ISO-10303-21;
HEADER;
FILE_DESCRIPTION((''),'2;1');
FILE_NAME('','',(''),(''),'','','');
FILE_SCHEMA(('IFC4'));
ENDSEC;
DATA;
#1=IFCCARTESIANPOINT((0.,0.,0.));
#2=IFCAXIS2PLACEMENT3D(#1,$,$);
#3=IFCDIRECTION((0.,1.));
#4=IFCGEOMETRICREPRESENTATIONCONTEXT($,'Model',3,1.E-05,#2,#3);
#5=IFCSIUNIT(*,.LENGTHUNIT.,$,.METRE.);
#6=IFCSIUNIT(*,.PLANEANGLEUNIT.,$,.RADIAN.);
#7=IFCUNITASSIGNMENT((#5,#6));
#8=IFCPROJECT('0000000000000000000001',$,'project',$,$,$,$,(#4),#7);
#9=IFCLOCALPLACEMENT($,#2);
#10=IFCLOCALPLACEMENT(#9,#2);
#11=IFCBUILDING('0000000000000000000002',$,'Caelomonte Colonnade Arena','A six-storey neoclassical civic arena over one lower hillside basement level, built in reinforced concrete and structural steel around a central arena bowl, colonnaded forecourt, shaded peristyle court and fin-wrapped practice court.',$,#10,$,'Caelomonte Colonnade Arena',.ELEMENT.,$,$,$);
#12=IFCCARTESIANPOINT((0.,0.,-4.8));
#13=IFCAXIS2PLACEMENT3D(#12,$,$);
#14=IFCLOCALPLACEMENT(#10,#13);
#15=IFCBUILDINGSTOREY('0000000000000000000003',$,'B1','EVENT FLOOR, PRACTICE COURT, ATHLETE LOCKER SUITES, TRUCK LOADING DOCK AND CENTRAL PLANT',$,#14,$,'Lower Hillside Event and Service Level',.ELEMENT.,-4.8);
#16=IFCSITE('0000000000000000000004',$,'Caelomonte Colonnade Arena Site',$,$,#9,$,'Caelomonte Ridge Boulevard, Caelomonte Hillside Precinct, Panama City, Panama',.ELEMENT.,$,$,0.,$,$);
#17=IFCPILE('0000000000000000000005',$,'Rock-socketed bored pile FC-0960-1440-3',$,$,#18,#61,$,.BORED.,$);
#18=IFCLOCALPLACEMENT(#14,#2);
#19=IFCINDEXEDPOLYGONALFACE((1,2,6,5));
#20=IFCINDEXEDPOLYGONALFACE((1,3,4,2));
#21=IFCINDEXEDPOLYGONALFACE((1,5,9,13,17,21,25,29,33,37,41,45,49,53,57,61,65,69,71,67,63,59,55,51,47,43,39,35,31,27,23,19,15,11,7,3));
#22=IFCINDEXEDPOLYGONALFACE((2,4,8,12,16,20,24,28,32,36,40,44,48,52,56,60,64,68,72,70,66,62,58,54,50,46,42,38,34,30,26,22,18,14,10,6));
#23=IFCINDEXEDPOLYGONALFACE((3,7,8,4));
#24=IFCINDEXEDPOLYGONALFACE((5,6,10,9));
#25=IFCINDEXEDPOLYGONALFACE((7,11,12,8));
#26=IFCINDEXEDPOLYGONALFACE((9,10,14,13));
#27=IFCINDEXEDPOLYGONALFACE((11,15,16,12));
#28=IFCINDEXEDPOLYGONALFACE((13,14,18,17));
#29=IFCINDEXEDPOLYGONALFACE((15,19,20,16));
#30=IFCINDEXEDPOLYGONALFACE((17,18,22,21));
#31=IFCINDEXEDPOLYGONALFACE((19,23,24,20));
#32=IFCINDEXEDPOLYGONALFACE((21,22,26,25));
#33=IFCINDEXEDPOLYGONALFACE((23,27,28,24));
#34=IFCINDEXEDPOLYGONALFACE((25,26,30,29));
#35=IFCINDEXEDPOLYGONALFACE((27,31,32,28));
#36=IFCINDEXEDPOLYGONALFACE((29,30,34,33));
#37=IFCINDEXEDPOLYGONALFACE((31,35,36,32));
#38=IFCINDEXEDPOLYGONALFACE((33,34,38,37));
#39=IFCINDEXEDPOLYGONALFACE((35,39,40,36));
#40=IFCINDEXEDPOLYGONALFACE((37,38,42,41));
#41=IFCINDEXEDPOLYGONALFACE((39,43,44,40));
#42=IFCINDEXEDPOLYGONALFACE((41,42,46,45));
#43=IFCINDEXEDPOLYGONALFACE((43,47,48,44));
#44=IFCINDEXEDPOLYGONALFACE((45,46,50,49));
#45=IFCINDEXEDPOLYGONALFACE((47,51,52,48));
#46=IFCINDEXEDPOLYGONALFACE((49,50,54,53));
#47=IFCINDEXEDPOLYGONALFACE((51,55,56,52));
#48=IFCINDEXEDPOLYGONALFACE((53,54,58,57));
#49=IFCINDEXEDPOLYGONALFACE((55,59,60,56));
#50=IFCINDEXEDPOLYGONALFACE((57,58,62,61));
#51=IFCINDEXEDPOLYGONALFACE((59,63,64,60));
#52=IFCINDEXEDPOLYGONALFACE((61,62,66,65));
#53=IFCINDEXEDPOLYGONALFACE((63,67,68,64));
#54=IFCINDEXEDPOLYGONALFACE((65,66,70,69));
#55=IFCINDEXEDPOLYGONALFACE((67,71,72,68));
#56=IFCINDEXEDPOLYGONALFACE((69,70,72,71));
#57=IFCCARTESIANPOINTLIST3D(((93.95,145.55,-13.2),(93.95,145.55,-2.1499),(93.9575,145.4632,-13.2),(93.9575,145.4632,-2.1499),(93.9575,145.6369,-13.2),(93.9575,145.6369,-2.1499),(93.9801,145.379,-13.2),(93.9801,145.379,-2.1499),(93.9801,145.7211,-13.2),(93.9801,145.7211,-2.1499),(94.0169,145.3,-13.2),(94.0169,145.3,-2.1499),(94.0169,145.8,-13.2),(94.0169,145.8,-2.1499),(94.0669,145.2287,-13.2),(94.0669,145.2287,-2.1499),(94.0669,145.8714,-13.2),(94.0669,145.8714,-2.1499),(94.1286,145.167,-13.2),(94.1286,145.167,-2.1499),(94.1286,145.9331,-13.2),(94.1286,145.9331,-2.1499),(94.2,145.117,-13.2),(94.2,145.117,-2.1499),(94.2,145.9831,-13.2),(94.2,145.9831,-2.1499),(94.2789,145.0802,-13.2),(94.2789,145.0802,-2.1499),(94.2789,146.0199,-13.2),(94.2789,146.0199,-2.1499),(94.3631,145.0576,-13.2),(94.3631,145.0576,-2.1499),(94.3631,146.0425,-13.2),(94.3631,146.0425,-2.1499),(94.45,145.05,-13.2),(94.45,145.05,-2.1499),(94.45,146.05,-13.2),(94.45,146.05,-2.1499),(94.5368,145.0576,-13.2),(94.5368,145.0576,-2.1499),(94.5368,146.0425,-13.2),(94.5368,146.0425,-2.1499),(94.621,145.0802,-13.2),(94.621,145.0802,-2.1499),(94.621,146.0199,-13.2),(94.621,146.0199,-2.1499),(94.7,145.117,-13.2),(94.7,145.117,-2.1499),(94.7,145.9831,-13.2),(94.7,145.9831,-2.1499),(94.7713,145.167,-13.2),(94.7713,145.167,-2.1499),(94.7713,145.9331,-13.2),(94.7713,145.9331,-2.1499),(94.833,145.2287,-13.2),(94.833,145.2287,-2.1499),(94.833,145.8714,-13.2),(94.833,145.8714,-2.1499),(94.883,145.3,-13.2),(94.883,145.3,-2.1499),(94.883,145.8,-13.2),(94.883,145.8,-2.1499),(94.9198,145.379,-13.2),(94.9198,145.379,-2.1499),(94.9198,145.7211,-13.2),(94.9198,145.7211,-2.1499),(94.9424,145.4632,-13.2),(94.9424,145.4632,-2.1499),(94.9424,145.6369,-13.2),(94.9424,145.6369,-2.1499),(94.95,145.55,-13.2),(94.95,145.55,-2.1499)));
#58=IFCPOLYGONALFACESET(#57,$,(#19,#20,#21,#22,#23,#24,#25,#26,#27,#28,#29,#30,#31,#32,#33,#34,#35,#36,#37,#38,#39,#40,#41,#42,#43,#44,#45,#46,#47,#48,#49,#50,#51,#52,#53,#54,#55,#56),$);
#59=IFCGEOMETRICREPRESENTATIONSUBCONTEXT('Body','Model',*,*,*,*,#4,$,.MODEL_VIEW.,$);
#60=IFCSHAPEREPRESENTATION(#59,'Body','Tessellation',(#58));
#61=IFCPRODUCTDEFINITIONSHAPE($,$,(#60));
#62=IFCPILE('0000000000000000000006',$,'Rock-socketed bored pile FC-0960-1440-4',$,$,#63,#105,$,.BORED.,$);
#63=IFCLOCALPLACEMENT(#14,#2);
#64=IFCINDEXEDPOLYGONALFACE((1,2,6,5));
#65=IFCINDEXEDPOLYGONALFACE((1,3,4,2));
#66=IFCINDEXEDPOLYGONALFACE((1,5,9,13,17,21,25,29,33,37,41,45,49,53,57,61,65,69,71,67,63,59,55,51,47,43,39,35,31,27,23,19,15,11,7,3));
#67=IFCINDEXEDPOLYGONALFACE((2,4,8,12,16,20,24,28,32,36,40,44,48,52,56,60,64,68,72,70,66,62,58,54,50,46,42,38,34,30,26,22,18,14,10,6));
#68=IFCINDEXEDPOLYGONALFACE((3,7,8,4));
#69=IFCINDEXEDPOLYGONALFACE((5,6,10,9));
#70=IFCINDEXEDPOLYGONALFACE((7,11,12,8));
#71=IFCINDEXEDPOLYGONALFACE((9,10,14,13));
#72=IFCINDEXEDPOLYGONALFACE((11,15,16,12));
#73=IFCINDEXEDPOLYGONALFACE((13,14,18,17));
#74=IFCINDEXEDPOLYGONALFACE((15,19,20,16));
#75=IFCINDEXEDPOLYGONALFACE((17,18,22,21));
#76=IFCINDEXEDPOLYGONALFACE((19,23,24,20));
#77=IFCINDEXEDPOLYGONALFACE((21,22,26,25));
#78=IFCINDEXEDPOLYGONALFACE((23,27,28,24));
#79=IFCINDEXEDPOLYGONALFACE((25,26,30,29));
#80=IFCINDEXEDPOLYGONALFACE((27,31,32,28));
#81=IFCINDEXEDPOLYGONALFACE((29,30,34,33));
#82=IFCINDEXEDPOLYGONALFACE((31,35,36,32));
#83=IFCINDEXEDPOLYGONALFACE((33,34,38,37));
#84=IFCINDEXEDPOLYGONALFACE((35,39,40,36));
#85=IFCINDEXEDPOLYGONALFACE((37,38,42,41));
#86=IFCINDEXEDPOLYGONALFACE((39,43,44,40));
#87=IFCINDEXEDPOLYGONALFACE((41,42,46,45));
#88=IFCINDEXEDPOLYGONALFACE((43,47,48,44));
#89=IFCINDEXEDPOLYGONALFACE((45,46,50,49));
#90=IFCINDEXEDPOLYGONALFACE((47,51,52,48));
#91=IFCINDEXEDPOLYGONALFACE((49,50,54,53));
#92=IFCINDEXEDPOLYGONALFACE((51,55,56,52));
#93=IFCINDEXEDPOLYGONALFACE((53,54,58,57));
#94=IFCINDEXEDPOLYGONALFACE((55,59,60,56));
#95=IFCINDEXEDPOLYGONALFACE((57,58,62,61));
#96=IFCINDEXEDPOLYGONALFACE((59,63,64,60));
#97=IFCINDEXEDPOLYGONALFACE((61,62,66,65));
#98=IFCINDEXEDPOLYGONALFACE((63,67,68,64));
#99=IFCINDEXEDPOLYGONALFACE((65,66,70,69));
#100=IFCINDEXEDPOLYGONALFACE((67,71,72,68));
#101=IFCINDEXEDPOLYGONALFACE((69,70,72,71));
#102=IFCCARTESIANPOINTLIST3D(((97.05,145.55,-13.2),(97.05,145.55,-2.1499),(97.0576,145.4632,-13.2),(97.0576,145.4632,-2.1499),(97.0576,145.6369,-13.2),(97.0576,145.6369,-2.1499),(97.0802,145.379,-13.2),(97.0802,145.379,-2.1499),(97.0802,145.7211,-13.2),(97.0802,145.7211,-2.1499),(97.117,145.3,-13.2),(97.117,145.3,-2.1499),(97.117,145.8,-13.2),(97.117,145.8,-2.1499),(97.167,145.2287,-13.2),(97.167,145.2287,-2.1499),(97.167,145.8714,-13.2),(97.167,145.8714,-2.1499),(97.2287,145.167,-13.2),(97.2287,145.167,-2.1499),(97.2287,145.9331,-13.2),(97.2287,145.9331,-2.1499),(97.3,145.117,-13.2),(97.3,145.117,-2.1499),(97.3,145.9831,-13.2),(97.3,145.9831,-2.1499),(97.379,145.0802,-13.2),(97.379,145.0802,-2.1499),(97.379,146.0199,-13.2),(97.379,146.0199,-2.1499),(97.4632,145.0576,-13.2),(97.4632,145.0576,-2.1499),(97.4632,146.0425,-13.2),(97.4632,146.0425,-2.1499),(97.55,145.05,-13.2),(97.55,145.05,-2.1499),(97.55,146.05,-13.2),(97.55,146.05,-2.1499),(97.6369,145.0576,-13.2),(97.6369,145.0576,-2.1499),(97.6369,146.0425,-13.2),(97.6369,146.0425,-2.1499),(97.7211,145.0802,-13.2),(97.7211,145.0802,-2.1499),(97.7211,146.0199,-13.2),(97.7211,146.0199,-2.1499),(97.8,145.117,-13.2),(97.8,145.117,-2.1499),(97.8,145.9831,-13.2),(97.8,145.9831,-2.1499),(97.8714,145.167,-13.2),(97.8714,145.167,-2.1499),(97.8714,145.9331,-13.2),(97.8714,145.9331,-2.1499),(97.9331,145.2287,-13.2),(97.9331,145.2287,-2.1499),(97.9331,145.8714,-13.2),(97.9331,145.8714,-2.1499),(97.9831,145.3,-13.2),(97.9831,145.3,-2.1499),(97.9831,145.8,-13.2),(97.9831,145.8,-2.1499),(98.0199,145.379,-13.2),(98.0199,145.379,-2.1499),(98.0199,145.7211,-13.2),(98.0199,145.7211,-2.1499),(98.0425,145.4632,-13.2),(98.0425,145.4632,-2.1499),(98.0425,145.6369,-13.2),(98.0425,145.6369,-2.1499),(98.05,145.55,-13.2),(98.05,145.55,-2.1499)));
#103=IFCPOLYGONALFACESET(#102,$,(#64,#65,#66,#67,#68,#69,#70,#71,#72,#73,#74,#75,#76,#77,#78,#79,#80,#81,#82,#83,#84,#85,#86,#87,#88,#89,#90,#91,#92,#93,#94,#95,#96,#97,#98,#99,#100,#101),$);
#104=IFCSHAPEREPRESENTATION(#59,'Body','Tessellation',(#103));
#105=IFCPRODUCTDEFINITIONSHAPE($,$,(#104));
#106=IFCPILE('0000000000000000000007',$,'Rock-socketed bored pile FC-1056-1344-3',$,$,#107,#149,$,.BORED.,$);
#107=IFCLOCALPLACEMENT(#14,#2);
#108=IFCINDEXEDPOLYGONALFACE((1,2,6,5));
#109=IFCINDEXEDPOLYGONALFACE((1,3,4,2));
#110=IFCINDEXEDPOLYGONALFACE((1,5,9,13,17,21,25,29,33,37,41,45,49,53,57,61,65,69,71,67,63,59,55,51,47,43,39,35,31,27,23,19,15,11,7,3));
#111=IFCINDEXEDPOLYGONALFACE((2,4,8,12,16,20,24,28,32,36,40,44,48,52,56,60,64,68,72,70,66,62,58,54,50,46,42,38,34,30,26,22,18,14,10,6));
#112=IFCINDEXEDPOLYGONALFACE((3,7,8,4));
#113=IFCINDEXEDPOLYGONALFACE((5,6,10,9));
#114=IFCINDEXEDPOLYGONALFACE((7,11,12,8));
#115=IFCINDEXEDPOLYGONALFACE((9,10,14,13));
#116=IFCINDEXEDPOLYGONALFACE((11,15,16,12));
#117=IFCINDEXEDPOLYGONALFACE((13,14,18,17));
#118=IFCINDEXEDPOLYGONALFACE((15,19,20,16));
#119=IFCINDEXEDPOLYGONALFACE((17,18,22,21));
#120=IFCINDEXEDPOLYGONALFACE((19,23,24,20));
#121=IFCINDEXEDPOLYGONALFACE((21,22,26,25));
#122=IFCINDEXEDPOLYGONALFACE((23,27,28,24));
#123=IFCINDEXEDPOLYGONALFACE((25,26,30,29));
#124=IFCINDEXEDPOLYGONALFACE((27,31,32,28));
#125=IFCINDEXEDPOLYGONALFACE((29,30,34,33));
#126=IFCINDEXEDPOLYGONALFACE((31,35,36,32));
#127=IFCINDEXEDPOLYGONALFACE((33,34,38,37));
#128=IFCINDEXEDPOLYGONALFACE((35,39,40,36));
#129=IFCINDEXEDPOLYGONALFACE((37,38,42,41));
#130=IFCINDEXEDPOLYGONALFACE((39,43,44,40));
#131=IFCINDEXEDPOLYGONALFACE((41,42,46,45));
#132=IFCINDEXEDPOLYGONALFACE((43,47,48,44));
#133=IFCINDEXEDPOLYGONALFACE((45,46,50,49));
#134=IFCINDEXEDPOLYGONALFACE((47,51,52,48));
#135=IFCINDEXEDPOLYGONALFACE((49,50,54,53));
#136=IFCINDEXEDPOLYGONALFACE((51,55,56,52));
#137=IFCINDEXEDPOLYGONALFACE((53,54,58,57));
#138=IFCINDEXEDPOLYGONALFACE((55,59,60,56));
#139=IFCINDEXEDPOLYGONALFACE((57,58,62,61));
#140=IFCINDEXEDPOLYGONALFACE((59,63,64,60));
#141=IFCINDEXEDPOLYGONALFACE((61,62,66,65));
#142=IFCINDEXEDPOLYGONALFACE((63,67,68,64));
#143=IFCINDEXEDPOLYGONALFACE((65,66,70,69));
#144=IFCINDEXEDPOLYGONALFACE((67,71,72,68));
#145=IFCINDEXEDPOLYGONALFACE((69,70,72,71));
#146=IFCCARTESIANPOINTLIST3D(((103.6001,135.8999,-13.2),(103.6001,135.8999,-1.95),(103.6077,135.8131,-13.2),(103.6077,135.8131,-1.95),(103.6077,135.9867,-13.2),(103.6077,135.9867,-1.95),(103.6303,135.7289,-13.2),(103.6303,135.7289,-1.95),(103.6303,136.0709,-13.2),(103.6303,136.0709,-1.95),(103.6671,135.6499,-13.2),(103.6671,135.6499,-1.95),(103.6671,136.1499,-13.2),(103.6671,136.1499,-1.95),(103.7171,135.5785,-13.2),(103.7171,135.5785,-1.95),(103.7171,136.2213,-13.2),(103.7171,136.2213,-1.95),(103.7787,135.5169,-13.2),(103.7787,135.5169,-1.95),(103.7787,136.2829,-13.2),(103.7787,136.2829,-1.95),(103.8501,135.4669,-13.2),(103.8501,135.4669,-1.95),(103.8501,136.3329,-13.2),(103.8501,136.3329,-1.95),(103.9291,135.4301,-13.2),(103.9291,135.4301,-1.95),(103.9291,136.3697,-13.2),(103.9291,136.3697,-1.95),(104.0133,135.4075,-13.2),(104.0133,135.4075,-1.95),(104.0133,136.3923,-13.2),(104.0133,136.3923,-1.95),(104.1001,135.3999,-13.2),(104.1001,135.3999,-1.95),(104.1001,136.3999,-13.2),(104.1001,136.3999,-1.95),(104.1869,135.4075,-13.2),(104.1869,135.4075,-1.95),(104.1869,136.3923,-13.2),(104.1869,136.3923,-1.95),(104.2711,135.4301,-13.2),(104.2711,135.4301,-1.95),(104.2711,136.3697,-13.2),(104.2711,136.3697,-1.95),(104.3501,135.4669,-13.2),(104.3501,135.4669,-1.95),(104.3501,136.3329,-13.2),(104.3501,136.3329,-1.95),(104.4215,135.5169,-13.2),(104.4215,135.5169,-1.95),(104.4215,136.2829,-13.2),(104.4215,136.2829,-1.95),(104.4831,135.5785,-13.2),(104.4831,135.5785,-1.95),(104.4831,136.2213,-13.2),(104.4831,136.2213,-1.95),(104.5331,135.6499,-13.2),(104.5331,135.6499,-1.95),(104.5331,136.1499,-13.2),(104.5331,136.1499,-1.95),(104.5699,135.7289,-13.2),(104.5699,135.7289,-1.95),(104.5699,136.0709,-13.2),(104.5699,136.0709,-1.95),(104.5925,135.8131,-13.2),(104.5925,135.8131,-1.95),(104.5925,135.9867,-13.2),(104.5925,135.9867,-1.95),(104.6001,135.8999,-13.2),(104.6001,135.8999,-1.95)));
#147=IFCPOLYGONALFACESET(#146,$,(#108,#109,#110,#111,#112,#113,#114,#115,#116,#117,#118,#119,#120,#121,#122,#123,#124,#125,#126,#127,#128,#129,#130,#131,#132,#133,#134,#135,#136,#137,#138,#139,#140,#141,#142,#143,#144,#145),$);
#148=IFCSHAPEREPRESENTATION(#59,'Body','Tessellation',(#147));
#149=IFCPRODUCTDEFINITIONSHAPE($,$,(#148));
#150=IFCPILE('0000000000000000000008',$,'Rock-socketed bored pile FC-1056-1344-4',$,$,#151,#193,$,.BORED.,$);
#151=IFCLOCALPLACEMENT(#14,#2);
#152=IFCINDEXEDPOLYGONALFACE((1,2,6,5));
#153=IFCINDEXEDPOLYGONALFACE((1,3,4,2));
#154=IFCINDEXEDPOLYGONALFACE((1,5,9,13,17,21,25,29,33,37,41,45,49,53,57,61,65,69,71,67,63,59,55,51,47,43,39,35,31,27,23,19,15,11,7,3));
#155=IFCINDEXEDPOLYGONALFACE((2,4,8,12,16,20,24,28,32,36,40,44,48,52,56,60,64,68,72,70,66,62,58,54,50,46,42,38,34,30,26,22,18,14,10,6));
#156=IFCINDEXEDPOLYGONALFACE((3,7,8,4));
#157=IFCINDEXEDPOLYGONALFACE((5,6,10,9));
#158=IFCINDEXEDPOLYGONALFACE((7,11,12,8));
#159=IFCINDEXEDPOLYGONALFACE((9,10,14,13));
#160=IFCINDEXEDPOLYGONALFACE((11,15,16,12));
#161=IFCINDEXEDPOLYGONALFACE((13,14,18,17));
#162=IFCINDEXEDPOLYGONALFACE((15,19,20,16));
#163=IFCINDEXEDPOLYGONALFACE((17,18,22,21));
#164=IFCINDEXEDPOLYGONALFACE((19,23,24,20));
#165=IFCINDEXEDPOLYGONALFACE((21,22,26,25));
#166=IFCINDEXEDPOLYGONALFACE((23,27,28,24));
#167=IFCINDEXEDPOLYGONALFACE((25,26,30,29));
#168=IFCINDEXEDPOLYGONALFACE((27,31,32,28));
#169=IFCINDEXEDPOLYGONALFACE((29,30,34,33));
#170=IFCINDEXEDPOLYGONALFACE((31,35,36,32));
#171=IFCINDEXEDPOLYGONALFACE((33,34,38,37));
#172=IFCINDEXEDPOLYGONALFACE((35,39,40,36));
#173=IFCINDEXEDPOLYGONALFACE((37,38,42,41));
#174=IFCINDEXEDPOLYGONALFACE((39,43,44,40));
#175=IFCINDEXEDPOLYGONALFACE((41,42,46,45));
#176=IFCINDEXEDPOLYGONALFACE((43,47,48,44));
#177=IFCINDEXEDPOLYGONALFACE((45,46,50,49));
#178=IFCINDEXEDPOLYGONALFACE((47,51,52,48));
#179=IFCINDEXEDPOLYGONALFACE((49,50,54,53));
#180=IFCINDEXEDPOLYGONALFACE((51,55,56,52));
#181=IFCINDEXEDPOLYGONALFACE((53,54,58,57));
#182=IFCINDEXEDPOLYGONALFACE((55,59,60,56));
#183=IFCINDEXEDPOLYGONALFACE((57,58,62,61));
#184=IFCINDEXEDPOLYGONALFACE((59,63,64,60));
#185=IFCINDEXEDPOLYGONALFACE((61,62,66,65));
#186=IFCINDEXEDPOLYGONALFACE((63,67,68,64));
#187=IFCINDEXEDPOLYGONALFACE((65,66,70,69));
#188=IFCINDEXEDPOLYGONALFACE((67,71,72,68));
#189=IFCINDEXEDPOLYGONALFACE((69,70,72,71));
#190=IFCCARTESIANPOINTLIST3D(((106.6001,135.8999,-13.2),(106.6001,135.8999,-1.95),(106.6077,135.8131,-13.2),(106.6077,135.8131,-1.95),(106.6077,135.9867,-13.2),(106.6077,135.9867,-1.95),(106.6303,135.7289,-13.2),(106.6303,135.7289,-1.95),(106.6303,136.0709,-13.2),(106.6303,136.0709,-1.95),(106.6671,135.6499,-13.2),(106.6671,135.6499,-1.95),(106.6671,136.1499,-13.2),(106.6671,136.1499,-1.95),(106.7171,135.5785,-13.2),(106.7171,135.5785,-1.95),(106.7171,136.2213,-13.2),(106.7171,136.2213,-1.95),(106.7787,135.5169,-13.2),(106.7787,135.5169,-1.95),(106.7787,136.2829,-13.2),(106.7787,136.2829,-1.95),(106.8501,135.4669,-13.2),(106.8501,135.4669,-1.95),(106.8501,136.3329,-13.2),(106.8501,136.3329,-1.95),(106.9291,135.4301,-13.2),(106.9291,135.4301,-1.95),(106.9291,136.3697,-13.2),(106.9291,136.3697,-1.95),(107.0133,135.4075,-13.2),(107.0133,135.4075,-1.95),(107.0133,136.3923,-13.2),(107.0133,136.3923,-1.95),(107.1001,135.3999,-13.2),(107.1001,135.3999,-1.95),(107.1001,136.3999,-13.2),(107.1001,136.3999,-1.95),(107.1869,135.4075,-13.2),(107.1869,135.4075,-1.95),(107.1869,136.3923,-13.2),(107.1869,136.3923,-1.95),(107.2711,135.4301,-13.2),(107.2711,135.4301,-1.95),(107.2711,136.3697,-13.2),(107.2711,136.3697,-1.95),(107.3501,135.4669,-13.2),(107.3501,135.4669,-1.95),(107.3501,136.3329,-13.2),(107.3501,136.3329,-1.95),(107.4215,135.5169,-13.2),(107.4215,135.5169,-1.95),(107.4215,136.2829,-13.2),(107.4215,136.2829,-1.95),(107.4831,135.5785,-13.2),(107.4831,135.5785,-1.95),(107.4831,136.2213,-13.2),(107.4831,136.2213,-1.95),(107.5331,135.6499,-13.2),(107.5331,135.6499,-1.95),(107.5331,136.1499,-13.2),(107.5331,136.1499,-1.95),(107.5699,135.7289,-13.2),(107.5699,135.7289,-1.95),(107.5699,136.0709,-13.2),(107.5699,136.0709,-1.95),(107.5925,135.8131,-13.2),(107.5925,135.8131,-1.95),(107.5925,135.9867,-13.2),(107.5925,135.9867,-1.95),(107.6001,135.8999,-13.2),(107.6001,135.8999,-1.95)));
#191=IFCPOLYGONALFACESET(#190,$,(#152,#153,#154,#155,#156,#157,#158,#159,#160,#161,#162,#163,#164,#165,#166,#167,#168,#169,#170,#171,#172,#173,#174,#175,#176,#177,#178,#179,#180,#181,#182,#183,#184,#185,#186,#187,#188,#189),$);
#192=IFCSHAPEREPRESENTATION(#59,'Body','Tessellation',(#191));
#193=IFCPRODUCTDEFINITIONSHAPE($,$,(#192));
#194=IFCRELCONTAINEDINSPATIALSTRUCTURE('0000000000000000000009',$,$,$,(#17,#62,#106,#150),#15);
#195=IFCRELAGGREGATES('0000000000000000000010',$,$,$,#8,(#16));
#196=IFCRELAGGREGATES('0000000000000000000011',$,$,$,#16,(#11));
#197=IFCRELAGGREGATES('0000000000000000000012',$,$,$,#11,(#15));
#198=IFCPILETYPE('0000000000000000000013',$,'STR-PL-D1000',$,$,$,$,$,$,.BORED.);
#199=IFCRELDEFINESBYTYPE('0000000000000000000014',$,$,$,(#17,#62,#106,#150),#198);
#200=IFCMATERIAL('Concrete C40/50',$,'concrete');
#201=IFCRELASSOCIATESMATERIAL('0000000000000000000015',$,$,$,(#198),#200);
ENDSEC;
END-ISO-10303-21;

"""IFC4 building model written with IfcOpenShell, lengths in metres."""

from ifc_helpers import new_model, si_unit, direction, frame, origin, origin_2d, place, context, subcontext, project, spatial, circle, extrude, material, material_profile, profile_set, type_object, element, save


model = new_model("IFC4")

# Units and contexts
model_context = context("Model", 3, precision=1e-05, world=origin(), true_north=direction((0.0, 1.0)))
body_context = subcontext(model_context, "Body", "Model", "MODEL_VIEW")
ifc_project = project(units=[si_unit("LENGTHUNIT", "METRE"), si_unit("PLANEANGLEUNIT", "RADIAN")], contexts=[model_context])

# Site, building, storey
site_placement = place(None, origin())
site = spatial("IfcSite", under=ifc_project, at=site_placement, Name="Caelomonte Colonnade Arena Site", LongName="Caelomonte Ridge Boulevard, Caelomonte Hillside Precinct, Panama City, Panama", CompositionType="ELEMENT", RefElevation=0.0)
building_placement = place(site_placement, origin())
building = spatial("IfcBuilding", under=site, at=building_placement, Name="Caelomonte Colonnade Arena", Description="A six-storey neoclassical civic arena over one lower hillside basement level, built in reinforced concrete and structural steel around a central arena bowl, colonnaded forecourt, shaded peristyle court and fin-wrapped practice court.", LongName="Caelomonte Colonnade Arena", CompositionType="ELEMENT")
storey_placement = place(building_placement, frame((0.0, 0.0, -4.8)))
storey = spatial("IfcBuildingStorey", under=building, at=storey_placement, Name="B1", Description="EVENT FLOOR, PRACTICE COURT, ATHLETE LOCKER SUITES, TRUCK LOADING DOCK AND CENTRAL PLANT", LongName="Lower Hillside Event and Service Level", CompositionType="ELEMENT", Elevation=-4.8)

# Shared definitions
ifc_material = material(Name="Concrete C40/50", Category="concrete")

# Piles
ifc_material_profile_1 = material_profile(ifc_material, circle(Radius=0.5, at=origin_2d()), Name="PILE-D1000")
ifc_profile_set_1 = profile_set([ifc_material_profile_1], Name="Concrete C40/50")
pile_type = type_object("IfcPileType", Name="STR-PL-D1000", PredefinedType="BORED", material=ifc_profile_set_1)
for number, where, z_axis, x_axis, name in (
    (1, (94.45, 145.55, -2.1499), (0.0, 0.0, -1.0), (1.0, 0.0, 0.0), "Rock-socketed bored pile FC-0960-1440-3"),
    (2, (97.55, 145.55, -2.1499), (0.0, 0.0, -1.0), (1.0, 0.0, 0.0), "Rock-socketed bored pile FC-0960-1440-4"),
):
    element("IfcPile", number, at=place(storey_placement, frame(where, z_axis=z_axis, x_axis=x_axis)), inside=storey, type_object=pile_type, Name=name, PredefinedType="BORED", context=body_context, shape_type="SweptSolid", body=[
        extrude(circle(Radius=0.5, at=origin_2d()), origin(), (0.0, 0.0, 1.0), 11.05),
    ])
for number, where, z_axis, x_axis, name in (
    (3, (104.1001, 135.8999, -1.95), (0.0, 0.0, -1.0), (1.0, 0.0, 0.0), "Rock-socketed bored pile FC-1056-1344-3"),
    (4, (107.1001, 135.8999, -1.95), (0.0, 0.0, -1.0), (1.0, 0.0, 0.0), "Rock-socketed bored pile FC-1056-1344-4"),
):
    element("IfcPile", number, at=place(storey_placement, frame(where, z_axis=z_axis, x_axis=x_axis)), inside=storey, type_object=pile_type, Name=name, PredefinedType="BORED", context=body_context, shape_type="SweptSolid", body=[
        extrude(circle(Radius=0.5, at=origin_2d()), origin(), (0.0, 0.0, 1.0), 11.25),
    ])

save(model, "model.ifc")
